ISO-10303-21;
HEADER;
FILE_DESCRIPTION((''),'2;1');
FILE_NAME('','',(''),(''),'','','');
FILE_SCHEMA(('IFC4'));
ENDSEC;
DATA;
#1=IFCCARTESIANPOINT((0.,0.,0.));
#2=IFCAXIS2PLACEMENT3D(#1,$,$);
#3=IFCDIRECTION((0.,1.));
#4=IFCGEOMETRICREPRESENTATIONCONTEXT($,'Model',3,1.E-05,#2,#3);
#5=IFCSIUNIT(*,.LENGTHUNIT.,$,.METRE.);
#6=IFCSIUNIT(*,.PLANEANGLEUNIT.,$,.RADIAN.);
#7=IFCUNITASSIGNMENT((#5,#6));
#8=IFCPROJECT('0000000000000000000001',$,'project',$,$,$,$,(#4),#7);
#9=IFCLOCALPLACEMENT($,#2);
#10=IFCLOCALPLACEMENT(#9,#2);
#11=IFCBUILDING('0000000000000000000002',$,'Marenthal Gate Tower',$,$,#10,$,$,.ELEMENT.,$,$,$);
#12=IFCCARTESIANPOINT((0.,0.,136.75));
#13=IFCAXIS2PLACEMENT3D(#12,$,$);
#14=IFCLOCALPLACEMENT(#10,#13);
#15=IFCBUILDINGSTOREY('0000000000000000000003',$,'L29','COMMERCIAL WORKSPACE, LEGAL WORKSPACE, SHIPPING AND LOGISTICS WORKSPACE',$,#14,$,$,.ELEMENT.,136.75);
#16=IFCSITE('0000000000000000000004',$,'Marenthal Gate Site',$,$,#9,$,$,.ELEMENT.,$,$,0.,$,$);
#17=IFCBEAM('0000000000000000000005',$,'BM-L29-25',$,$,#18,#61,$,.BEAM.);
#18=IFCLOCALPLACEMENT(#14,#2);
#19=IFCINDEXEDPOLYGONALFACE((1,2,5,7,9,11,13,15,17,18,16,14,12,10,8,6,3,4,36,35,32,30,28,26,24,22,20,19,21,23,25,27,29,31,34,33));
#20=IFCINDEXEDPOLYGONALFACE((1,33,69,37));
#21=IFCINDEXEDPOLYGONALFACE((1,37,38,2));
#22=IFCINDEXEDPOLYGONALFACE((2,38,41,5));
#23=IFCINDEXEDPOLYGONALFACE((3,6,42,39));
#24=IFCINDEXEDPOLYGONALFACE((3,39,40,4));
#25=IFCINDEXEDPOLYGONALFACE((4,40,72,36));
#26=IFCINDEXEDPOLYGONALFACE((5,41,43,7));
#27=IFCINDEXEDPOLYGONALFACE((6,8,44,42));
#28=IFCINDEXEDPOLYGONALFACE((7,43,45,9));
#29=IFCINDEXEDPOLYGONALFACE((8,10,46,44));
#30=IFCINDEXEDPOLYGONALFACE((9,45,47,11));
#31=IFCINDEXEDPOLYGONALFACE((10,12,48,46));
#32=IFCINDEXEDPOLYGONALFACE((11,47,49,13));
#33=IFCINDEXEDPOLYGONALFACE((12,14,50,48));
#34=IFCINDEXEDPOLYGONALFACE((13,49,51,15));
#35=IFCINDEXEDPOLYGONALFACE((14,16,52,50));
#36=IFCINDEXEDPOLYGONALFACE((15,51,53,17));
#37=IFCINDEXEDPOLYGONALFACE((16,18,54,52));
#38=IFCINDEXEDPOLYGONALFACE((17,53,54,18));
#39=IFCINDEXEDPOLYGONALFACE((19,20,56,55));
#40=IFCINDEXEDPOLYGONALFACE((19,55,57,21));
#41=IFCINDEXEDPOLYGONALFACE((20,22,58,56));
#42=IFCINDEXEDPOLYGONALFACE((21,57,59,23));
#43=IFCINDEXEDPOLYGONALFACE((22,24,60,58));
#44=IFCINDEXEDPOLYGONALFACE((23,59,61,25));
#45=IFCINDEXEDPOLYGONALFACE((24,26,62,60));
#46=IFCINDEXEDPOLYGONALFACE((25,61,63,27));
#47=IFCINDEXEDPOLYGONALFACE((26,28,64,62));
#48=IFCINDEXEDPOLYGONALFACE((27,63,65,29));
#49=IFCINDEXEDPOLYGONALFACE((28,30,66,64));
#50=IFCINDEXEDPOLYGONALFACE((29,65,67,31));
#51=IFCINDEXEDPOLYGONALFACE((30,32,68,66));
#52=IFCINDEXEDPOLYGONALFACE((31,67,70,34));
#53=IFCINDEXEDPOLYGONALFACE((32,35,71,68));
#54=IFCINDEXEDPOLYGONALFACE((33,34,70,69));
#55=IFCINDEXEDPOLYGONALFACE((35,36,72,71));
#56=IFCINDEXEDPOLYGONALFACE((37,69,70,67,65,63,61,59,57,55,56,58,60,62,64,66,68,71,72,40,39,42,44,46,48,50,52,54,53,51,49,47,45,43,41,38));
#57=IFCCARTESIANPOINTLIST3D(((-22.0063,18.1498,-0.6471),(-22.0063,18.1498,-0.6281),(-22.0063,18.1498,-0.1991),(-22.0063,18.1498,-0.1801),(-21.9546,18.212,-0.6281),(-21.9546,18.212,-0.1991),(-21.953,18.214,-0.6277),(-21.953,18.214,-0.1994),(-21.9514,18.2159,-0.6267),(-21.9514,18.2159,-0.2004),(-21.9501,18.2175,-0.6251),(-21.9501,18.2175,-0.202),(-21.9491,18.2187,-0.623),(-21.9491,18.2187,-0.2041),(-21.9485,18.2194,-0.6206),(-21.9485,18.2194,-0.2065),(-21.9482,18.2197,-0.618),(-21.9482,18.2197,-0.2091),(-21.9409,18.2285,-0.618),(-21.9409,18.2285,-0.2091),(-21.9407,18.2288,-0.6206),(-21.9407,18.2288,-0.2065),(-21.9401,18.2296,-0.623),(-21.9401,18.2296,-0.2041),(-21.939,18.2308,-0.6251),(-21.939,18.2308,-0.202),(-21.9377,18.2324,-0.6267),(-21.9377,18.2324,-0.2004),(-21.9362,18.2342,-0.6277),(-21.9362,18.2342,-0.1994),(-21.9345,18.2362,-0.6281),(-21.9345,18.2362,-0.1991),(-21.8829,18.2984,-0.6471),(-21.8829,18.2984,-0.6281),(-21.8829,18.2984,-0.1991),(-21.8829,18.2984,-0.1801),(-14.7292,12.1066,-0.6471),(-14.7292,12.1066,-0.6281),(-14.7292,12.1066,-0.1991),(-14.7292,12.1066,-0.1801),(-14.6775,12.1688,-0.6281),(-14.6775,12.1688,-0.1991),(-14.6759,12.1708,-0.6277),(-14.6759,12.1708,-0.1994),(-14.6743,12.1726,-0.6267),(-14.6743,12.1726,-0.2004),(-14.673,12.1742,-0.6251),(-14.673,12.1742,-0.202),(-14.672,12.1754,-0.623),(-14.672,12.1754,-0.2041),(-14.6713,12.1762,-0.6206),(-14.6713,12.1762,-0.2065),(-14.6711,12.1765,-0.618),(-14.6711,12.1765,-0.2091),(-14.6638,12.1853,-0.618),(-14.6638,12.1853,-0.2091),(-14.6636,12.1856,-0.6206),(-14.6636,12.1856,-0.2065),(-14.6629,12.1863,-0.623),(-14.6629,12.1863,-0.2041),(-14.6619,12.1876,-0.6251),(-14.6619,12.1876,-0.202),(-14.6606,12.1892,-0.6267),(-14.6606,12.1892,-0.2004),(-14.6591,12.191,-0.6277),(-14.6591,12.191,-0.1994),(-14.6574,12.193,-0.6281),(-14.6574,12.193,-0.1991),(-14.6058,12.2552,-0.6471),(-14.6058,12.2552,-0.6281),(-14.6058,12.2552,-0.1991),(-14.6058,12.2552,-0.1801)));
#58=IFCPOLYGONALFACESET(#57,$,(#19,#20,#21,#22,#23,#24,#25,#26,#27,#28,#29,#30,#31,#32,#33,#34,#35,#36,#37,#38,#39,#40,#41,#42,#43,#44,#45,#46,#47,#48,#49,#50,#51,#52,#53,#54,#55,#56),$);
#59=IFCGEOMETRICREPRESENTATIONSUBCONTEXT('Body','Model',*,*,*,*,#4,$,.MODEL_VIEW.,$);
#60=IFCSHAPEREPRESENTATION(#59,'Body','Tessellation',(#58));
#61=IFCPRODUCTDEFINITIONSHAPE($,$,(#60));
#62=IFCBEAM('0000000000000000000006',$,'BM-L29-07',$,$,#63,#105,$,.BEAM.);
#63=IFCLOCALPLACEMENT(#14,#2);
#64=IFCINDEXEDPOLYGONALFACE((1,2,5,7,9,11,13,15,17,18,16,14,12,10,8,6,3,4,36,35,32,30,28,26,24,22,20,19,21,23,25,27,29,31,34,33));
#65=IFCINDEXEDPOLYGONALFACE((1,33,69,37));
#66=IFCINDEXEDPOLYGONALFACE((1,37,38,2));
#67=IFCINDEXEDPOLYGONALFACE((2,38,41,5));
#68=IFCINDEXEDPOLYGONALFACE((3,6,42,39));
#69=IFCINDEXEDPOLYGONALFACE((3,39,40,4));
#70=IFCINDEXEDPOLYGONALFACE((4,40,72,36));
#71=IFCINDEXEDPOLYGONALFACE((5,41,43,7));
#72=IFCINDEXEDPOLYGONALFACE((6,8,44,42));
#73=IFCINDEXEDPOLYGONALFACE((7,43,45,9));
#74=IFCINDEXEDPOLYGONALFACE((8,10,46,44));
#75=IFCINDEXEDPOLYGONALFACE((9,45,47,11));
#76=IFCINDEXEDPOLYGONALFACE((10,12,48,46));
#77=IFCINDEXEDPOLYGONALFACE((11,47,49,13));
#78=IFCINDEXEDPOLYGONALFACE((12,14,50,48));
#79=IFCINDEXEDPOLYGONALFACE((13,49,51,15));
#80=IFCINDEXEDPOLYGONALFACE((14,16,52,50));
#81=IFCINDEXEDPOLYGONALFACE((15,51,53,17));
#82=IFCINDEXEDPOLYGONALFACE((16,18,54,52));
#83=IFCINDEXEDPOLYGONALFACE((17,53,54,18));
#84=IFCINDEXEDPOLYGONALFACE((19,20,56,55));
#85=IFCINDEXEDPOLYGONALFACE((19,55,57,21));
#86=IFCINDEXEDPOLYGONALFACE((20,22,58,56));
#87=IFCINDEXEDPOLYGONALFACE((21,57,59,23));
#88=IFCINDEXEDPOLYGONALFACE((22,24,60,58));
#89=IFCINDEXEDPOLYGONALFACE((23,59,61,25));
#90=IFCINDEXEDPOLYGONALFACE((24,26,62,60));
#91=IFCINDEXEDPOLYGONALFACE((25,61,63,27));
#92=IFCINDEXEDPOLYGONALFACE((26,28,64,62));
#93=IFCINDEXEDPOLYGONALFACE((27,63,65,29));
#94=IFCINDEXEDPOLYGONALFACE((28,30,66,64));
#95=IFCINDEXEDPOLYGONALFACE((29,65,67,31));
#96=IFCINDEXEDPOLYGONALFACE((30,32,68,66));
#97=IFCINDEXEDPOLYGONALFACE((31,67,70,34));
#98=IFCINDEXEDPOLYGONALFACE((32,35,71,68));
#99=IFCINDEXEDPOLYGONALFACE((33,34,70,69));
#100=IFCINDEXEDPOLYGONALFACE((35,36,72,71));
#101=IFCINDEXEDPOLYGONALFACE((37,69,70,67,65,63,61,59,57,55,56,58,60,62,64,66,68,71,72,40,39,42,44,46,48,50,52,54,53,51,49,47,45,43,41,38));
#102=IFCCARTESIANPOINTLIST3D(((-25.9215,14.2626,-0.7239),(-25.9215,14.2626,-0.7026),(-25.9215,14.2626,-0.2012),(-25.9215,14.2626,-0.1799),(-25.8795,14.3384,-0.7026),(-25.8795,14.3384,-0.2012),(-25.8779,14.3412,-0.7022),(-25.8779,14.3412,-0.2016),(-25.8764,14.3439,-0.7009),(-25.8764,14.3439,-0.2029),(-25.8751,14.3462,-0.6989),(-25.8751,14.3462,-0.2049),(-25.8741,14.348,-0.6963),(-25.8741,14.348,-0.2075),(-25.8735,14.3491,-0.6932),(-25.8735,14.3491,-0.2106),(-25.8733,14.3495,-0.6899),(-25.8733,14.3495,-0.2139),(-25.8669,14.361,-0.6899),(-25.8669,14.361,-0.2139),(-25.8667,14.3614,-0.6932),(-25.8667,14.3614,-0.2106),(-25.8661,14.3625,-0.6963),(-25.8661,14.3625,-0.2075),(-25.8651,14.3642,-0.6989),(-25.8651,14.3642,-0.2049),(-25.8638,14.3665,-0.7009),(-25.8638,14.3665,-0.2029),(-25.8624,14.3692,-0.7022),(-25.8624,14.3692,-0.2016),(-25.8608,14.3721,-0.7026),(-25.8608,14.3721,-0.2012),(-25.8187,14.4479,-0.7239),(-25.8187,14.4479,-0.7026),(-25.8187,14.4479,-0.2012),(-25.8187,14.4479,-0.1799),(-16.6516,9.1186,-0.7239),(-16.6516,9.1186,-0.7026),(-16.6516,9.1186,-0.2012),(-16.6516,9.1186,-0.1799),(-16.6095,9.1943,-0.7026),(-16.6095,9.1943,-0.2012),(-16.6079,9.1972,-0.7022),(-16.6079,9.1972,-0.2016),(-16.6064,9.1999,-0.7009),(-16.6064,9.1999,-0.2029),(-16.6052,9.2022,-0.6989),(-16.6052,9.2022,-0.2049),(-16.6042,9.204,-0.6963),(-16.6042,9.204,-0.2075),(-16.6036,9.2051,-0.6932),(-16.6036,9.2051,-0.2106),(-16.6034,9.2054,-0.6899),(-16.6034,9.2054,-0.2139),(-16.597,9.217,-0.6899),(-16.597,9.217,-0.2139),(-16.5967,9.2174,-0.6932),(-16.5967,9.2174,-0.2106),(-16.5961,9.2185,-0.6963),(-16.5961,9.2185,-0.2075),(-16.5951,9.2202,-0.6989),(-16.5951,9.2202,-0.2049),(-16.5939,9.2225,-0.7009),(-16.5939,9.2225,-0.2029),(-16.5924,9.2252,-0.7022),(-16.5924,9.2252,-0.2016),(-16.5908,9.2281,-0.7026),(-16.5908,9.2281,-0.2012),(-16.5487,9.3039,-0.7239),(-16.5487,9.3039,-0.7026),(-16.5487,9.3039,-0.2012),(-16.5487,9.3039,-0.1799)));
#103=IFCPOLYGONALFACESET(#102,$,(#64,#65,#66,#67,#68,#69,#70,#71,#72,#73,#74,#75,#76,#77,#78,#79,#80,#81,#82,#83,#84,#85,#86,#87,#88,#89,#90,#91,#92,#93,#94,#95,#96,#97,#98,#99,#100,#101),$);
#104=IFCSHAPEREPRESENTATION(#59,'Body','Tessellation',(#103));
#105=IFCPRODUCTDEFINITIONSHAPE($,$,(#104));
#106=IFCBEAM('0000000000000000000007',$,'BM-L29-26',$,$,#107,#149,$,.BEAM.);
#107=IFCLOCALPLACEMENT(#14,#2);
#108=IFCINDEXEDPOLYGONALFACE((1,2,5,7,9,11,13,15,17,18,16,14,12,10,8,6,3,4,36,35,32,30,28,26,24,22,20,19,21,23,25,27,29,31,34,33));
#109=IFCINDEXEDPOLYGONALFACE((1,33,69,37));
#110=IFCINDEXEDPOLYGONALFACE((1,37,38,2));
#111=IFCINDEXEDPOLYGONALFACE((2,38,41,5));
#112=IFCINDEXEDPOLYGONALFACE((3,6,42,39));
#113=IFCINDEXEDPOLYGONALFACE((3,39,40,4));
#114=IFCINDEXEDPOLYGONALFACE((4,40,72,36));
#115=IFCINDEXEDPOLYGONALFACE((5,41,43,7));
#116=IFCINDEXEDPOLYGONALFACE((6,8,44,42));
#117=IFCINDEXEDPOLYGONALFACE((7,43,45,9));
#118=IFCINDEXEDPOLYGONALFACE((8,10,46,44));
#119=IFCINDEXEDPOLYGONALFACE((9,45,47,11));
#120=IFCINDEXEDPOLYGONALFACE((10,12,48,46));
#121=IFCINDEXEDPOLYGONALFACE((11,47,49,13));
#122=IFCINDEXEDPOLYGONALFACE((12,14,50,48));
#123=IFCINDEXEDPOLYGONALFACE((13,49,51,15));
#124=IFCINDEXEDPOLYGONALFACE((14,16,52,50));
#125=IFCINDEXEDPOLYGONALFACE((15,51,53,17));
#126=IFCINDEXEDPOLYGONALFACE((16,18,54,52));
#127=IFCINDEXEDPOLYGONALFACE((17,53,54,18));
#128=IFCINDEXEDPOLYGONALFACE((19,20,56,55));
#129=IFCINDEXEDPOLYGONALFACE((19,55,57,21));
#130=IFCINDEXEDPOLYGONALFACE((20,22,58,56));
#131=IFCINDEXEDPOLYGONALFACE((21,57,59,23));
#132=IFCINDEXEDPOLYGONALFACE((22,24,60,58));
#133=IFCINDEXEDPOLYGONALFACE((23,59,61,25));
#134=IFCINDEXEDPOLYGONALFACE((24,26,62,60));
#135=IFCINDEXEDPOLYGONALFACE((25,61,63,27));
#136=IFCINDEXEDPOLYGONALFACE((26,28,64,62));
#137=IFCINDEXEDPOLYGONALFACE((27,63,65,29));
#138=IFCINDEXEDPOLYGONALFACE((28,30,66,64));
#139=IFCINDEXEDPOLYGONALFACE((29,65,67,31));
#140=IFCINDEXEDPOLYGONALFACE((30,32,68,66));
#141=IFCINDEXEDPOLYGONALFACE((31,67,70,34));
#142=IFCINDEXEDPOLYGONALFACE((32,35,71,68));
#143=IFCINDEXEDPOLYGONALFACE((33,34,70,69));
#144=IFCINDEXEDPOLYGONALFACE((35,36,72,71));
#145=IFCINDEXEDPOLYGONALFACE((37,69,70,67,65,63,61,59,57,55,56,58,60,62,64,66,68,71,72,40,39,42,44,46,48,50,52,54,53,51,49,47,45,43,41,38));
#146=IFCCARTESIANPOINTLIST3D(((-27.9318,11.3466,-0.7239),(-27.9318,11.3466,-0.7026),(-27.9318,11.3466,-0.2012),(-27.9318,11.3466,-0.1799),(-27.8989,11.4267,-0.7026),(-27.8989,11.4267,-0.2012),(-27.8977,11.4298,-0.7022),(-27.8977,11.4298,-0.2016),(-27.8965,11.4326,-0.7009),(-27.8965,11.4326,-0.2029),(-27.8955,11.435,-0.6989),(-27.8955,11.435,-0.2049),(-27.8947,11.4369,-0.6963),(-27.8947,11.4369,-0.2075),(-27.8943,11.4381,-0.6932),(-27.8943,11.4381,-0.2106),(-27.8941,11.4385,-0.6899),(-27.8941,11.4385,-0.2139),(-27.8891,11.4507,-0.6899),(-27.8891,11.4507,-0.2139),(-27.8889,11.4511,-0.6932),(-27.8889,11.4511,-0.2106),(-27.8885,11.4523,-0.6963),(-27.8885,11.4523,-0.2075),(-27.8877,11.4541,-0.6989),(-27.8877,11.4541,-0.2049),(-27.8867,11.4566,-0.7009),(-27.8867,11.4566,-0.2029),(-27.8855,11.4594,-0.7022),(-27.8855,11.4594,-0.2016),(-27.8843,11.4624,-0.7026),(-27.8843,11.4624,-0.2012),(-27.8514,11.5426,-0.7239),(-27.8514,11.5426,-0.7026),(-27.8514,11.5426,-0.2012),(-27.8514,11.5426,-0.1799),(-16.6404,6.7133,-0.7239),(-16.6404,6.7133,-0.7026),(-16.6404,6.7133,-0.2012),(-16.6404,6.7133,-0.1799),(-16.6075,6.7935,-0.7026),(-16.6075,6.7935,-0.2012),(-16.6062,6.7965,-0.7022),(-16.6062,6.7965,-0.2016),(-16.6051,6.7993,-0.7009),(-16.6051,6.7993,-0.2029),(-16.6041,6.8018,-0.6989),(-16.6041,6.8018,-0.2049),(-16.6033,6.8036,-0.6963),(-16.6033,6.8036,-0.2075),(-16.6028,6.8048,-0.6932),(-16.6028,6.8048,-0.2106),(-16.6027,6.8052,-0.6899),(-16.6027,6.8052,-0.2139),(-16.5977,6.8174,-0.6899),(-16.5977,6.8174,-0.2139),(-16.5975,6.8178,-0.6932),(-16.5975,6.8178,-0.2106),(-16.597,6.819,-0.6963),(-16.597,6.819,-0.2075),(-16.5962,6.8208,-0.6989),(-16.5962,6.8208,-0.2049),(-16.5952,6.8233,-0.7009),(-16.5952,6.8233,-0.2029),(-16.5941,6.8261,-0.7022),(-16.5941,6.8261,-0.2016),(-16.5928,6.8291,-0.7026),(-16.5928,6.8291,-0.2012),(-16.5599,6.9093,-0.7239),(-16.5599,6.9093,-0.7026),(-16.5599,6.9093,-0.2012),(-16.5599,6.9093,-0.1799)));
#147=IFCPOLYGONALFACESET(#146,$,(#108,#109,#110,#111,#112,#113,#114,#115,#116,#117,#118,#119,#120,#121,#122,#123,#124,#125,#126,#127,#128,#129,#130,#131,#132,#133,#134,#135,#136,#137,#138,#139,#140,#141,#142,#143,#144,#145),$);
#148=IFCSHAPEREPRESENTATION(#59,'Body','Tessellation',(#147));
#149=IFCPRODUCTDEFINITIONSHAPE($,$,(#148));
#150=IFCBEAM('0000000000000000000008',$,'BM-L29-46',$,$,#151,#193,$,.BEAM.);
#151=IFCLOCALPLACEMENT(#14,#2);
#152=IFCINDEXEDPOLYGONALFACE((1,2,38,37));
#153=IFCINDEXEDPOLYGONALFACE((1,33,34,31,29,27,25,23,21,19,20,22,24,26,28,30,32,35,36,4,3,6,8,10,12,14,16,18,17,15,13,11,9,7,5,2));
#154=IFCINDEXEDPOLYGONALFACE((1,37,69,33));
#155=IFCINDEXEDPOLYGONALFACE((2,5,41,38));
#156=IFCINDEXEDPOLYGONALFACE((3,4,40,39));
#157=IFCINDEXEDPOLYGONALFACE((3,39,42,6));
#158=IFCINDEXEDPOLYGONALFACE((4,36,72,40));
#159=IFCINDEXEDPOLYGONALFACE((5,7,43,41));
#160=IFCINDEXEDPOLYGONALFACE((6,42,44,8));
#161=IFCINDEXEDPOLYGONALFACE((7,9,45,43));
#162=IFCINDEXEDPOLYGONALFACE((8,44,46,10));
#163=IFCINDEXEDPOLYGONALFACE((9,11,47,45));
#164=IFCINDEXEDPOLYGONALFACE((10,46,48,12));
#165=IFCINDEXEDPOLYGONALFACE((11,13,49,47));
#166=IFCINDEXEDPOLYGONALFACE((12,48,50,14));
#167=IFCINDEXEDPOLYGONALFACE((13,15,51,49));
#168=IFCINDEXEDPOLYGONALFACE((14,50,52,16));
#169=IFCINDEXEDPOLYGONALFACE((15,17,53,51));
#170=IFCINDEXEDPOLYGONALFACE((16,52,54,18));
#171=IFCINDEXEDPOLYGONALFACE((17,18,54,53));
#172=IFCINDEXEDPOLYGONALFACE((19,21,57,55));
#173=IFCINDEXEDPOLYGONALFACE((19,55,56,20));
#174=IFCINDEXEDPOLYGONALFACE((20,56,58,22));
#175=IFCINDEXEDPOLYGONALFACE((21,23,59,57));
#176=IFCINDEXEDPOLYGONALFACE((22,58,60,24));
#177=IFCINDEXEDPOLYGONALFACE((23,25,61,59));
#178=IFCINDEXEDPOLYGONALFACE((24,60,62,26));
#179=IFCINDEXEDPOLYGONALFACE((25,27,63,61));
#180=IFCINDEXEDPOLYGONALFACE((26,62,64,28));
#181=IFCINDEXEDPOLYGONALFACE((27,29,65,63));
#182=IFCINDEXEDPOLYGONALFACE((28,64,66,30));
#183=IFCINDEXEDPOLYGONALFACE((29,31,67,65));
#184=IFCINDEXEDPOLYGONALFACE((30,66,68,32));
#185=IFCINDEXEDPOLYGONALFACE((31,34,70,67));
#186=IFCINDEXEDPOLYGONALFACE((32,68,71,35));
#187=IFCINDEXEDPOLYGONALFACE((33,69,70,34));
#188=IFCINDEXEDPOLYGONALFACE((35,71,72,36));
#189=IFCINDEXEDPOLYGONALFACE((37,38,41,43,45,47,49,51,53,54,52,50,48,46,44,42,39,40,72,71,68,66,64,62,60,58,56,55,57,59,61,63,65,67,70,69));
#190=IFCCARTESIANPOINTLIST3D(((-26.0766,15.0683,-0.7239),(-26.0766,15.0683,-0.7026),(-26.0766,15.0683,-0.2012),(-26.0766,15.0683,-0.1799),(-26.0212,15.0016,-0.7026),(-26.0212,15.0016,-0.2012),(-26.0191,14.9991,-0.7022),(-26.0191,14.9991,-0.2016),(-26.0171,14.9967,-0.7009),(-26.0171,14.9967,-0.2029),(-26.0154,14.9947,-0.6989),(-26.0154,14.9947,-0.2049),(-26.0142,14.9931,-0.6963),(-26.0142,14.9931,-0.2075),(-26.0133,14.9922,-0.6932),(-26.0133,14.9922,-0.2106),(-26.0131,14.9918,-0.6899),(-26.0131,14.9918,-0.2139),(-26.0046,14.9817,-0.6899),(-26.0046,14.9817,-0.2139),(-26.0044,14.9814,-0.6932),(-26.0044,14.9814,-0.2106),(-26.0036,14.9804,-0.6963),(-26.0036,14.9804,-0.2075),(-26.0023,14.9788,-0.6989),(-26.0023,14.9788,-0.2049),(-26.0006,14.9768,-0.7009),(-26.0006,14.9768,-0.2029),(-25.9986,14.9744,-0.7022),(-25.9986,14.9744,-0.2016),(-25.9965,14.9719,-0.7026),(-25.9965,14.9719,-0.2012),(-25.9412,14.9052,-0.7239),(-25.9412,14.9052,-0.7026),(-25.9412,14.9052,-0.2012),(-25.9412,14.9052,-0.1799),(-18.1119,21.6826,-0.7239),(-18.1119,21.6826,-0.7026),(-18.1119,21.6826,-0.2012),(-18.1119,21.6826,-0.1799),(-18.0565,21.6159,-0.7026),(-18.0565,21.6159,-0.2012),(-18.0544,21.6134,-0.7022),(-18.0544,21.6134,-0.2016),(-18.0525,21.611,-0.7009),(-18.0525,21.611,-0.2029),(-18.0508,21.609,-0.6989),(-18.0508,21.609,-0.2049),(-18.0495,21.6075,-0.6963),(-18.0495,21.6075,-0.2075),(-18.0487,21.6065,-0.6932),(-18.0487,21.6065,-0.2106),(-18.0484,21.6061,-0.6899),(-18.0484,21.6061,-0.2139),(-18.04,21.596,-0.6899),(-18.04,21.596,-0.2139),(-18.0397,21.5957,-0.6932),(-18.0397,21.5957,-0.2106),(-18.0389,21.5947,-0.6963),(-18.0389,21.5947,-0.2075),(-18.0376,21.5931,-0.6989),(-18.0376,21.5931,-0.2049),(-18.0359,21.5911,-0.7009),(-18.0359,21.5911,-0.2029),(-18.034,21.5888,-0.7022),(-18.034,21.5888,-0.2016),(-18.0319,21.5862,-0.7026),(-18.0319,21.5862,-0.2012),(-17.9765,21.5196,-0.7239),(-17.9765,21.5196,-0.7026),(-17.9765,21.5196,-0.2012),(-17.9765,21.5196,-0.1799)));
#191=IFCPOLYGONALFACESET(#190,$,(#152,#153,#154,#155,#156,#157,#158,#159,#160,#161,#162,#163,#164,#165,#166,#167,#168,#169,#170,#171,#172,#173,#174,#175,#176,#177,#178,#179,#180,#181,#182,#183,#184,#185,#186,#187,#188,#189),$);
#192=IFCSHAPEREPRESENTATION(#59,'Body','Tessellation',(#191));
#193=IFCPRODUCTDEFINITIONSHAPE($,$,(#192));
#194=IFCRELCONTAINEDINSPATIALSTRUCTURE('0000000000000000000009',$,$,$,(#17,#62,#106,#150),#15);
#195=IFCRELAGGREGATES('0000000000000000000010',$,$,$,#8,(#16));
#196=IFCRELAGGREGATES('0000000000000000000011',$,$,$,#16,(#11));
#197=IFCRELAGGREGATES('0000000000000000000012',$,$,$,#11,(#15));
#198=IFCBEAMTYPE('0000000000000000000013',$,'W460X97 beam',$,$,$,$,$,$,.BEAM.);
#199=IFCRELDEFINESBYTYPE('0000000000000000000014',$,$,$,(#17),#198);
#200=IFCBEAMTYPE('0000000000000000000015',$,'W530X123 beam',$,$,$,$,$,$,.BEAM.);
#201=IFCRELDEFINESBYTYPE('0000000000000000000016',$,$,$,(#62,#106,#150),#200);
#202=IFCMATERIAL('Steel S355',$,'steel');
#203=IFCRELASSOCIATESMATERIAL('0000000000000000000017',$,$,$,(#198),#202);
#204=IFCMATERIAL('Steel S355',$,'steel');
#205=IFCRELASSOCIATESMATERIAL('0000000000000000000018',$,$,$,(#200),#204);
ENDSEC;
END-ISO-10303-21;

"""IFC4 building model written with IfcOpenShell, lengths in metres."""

from ifc_helpers import new_model, si_unit, direction, frame, origin, origin_2d, place, context, subcontext, project, spatial, i_section, extrude, material, material_profile, profile_set, type_object, element, save


model = new_model("IFC4")

# Units and contexts
model_context = context("Model", 3, precision=1e-05, world=origin(), true_north=direction((0.0, 1.0)))
body_context = subcontext(model_context, "Body", "Model", "MODEL_VIEW")
ifc_project = project(units=[si_unit("LENGTHUNIT", "METRE"), si_unit("PLANEANGLEUNIT", "RADIAN")], contexts=[model_context])

# Site, building, storey
site_placement = place(None, origin())
site = spatial("IfcSite", under=ifc_project, at=site_placement, Name="Marenthal Gate Site", CompositionType="ELEMENT", RefElevation=0.0)
building_placement = place(site_placement, origin())
building = spatial("IfcBuilding", under=site, at=building_placement, Name="Marenthal Gate Tower", CompositionType="ELEMENT")
storey_placement = place(building_placement, frame((0.0, 0.0, 136.75)))
storey = spatial("IfcBuildingStorey", under=building, at=storey_placement, Name="L29", Description="COMMERCIAL WORKSPACE, LEGAL WORKSPACE, SHIPPING AND LOGISTICS WORKSPACE", CompositionType="ELEMENT", Elevation=136.75)

# Beams
ifc_material_1 = material(Name="Steel S355", Category="steel")
ifc_material_profile_1 = material_profile(ifc_material_1, i_section(OverallWidth=0.1931, OverallDepth=0.467, WebThickness=0.0115, FlangeThickness=0.019, FilletRadius=0.01, at=origin_2d()), Name="W460X97")
ifc_profile_set_1 = profile_set([ifc_material_profile_1], Name="Steel S355")
beam_type_1 = type_object("IfcBeamType", Name="W460X97 beam", PredefinedType="BEAM", material=ifc_profile_set_1)
beam_1_placement = place(storey_placement, frame((-21.9446, 18.2241, -0.4136), z_axis=(0.769314, -0.638871, 0.0), x_axis=(0.638871, 0.769314, 0.0)))
element("IfcBeam", 1, at=beam_1_placement, inside=storey, type_object=beam_type_1, Name="BM-L29-25", PredefinedType="BEAM", context=body_context, shape_type="SweptSolid", body=[
    extrude(i_section(OverallWidth=0.1931, OverallDepth=0.467, WebThickness=0.0115, FlangeThickness=0.019, FilletRadius=0.01, at=origin_2d()), origin(), (0.0, 0.0, 1.0), 9.4592),
])
ifc_material_2 = material(Name="Steel S355", Category="steel")
ifc_material_profile_2 = material_profile(ifc_material_2, i_section(OverallWidth=0.2119, OverallDepth=0.5439, WebThickness=0.0132, FlangeThickness=0.0212, FilletRadius=0.0127, at=origin_2d()), Name="W530X123")
ifc_profile_set_2 = profile_set([ifc_material_profile_2], Name="Steel S355")
beam_type_2 = type_object("IfcBeamType", Name="W530X123 beam", PredefinedType="BEAM", material=ifc_profile_set_2)
beam_2_placement = place(storey_placement, frame((-25.8701, 14.3552, -0.4519), z_axis=(0.874396, -0.485213, 0.0), x_axis=(0.485213, 0.874396, 0.0)))
element("IfcBeam", 2, at=beam_2_placement, inside=storey, type_object=beam_type_2, Name="BM-L29-07", PredefinedType="BEAM", context=body_context, shape_type="SweptSolid", body=[
    extrude(i_section(OverallWidth=0.2119, OverallDepth=0.5439, WebThickness=0.0132, FlangeThickness=0.0212, FilletRadius=0.0127, at=origin_2d()), origin(), (0.0, 0.0, 1.0), 10.6016),
])
beam_3_placement = place(storey_placement, frame((-27.8916, 11.4446, -0.4519), z_axis=(0.925143, -0.379619, 0.0), x_axis=(0.379619, 0.925143, 0.0)))
element("IfcBeam", 3, at=beam_3_placement, inside=storey, type_object=beam_type_2, Name="BM-L29-26", PredefinedType="BEAM", context=body_context, shape_type="SweptSolid", body=[
    extrude(i_section(OverallWidth=0.2119, OverallDepth=0.5439, WebThickness=0.0132, FlangeThickness=0.0212, FilletRadius=0.0127, at=origin_2d()), origin(), (0.0, 0.0, 1.0), 12.2051),
])
beam_4_placement = place(storey_placement, frame((-18.0442, 21.6011, -0.4519), z_axis=(-0.769308, -0.638878, 0.0), x_axis=(0.638878, -0.769308, 0.0)))
element("IfcBeam", 4, at=beam_4_placement, inside=storey, type_object=beam_type_2, Name="BM-L29-46", PredefinedType="BEAM", context=body_context, shape_type="SweptSolid", body=[
    extrude(i_section(OverallWidth=0.2119, OverallDepth=0.5439, WebThickness=0.0132, FlangeThickness=0.0212, FilletRadius=0.0127, at=origin_2d()), origin(), (0.0, 0.0, 1.0), 10.353),
])

save(model, "model.ifc")
